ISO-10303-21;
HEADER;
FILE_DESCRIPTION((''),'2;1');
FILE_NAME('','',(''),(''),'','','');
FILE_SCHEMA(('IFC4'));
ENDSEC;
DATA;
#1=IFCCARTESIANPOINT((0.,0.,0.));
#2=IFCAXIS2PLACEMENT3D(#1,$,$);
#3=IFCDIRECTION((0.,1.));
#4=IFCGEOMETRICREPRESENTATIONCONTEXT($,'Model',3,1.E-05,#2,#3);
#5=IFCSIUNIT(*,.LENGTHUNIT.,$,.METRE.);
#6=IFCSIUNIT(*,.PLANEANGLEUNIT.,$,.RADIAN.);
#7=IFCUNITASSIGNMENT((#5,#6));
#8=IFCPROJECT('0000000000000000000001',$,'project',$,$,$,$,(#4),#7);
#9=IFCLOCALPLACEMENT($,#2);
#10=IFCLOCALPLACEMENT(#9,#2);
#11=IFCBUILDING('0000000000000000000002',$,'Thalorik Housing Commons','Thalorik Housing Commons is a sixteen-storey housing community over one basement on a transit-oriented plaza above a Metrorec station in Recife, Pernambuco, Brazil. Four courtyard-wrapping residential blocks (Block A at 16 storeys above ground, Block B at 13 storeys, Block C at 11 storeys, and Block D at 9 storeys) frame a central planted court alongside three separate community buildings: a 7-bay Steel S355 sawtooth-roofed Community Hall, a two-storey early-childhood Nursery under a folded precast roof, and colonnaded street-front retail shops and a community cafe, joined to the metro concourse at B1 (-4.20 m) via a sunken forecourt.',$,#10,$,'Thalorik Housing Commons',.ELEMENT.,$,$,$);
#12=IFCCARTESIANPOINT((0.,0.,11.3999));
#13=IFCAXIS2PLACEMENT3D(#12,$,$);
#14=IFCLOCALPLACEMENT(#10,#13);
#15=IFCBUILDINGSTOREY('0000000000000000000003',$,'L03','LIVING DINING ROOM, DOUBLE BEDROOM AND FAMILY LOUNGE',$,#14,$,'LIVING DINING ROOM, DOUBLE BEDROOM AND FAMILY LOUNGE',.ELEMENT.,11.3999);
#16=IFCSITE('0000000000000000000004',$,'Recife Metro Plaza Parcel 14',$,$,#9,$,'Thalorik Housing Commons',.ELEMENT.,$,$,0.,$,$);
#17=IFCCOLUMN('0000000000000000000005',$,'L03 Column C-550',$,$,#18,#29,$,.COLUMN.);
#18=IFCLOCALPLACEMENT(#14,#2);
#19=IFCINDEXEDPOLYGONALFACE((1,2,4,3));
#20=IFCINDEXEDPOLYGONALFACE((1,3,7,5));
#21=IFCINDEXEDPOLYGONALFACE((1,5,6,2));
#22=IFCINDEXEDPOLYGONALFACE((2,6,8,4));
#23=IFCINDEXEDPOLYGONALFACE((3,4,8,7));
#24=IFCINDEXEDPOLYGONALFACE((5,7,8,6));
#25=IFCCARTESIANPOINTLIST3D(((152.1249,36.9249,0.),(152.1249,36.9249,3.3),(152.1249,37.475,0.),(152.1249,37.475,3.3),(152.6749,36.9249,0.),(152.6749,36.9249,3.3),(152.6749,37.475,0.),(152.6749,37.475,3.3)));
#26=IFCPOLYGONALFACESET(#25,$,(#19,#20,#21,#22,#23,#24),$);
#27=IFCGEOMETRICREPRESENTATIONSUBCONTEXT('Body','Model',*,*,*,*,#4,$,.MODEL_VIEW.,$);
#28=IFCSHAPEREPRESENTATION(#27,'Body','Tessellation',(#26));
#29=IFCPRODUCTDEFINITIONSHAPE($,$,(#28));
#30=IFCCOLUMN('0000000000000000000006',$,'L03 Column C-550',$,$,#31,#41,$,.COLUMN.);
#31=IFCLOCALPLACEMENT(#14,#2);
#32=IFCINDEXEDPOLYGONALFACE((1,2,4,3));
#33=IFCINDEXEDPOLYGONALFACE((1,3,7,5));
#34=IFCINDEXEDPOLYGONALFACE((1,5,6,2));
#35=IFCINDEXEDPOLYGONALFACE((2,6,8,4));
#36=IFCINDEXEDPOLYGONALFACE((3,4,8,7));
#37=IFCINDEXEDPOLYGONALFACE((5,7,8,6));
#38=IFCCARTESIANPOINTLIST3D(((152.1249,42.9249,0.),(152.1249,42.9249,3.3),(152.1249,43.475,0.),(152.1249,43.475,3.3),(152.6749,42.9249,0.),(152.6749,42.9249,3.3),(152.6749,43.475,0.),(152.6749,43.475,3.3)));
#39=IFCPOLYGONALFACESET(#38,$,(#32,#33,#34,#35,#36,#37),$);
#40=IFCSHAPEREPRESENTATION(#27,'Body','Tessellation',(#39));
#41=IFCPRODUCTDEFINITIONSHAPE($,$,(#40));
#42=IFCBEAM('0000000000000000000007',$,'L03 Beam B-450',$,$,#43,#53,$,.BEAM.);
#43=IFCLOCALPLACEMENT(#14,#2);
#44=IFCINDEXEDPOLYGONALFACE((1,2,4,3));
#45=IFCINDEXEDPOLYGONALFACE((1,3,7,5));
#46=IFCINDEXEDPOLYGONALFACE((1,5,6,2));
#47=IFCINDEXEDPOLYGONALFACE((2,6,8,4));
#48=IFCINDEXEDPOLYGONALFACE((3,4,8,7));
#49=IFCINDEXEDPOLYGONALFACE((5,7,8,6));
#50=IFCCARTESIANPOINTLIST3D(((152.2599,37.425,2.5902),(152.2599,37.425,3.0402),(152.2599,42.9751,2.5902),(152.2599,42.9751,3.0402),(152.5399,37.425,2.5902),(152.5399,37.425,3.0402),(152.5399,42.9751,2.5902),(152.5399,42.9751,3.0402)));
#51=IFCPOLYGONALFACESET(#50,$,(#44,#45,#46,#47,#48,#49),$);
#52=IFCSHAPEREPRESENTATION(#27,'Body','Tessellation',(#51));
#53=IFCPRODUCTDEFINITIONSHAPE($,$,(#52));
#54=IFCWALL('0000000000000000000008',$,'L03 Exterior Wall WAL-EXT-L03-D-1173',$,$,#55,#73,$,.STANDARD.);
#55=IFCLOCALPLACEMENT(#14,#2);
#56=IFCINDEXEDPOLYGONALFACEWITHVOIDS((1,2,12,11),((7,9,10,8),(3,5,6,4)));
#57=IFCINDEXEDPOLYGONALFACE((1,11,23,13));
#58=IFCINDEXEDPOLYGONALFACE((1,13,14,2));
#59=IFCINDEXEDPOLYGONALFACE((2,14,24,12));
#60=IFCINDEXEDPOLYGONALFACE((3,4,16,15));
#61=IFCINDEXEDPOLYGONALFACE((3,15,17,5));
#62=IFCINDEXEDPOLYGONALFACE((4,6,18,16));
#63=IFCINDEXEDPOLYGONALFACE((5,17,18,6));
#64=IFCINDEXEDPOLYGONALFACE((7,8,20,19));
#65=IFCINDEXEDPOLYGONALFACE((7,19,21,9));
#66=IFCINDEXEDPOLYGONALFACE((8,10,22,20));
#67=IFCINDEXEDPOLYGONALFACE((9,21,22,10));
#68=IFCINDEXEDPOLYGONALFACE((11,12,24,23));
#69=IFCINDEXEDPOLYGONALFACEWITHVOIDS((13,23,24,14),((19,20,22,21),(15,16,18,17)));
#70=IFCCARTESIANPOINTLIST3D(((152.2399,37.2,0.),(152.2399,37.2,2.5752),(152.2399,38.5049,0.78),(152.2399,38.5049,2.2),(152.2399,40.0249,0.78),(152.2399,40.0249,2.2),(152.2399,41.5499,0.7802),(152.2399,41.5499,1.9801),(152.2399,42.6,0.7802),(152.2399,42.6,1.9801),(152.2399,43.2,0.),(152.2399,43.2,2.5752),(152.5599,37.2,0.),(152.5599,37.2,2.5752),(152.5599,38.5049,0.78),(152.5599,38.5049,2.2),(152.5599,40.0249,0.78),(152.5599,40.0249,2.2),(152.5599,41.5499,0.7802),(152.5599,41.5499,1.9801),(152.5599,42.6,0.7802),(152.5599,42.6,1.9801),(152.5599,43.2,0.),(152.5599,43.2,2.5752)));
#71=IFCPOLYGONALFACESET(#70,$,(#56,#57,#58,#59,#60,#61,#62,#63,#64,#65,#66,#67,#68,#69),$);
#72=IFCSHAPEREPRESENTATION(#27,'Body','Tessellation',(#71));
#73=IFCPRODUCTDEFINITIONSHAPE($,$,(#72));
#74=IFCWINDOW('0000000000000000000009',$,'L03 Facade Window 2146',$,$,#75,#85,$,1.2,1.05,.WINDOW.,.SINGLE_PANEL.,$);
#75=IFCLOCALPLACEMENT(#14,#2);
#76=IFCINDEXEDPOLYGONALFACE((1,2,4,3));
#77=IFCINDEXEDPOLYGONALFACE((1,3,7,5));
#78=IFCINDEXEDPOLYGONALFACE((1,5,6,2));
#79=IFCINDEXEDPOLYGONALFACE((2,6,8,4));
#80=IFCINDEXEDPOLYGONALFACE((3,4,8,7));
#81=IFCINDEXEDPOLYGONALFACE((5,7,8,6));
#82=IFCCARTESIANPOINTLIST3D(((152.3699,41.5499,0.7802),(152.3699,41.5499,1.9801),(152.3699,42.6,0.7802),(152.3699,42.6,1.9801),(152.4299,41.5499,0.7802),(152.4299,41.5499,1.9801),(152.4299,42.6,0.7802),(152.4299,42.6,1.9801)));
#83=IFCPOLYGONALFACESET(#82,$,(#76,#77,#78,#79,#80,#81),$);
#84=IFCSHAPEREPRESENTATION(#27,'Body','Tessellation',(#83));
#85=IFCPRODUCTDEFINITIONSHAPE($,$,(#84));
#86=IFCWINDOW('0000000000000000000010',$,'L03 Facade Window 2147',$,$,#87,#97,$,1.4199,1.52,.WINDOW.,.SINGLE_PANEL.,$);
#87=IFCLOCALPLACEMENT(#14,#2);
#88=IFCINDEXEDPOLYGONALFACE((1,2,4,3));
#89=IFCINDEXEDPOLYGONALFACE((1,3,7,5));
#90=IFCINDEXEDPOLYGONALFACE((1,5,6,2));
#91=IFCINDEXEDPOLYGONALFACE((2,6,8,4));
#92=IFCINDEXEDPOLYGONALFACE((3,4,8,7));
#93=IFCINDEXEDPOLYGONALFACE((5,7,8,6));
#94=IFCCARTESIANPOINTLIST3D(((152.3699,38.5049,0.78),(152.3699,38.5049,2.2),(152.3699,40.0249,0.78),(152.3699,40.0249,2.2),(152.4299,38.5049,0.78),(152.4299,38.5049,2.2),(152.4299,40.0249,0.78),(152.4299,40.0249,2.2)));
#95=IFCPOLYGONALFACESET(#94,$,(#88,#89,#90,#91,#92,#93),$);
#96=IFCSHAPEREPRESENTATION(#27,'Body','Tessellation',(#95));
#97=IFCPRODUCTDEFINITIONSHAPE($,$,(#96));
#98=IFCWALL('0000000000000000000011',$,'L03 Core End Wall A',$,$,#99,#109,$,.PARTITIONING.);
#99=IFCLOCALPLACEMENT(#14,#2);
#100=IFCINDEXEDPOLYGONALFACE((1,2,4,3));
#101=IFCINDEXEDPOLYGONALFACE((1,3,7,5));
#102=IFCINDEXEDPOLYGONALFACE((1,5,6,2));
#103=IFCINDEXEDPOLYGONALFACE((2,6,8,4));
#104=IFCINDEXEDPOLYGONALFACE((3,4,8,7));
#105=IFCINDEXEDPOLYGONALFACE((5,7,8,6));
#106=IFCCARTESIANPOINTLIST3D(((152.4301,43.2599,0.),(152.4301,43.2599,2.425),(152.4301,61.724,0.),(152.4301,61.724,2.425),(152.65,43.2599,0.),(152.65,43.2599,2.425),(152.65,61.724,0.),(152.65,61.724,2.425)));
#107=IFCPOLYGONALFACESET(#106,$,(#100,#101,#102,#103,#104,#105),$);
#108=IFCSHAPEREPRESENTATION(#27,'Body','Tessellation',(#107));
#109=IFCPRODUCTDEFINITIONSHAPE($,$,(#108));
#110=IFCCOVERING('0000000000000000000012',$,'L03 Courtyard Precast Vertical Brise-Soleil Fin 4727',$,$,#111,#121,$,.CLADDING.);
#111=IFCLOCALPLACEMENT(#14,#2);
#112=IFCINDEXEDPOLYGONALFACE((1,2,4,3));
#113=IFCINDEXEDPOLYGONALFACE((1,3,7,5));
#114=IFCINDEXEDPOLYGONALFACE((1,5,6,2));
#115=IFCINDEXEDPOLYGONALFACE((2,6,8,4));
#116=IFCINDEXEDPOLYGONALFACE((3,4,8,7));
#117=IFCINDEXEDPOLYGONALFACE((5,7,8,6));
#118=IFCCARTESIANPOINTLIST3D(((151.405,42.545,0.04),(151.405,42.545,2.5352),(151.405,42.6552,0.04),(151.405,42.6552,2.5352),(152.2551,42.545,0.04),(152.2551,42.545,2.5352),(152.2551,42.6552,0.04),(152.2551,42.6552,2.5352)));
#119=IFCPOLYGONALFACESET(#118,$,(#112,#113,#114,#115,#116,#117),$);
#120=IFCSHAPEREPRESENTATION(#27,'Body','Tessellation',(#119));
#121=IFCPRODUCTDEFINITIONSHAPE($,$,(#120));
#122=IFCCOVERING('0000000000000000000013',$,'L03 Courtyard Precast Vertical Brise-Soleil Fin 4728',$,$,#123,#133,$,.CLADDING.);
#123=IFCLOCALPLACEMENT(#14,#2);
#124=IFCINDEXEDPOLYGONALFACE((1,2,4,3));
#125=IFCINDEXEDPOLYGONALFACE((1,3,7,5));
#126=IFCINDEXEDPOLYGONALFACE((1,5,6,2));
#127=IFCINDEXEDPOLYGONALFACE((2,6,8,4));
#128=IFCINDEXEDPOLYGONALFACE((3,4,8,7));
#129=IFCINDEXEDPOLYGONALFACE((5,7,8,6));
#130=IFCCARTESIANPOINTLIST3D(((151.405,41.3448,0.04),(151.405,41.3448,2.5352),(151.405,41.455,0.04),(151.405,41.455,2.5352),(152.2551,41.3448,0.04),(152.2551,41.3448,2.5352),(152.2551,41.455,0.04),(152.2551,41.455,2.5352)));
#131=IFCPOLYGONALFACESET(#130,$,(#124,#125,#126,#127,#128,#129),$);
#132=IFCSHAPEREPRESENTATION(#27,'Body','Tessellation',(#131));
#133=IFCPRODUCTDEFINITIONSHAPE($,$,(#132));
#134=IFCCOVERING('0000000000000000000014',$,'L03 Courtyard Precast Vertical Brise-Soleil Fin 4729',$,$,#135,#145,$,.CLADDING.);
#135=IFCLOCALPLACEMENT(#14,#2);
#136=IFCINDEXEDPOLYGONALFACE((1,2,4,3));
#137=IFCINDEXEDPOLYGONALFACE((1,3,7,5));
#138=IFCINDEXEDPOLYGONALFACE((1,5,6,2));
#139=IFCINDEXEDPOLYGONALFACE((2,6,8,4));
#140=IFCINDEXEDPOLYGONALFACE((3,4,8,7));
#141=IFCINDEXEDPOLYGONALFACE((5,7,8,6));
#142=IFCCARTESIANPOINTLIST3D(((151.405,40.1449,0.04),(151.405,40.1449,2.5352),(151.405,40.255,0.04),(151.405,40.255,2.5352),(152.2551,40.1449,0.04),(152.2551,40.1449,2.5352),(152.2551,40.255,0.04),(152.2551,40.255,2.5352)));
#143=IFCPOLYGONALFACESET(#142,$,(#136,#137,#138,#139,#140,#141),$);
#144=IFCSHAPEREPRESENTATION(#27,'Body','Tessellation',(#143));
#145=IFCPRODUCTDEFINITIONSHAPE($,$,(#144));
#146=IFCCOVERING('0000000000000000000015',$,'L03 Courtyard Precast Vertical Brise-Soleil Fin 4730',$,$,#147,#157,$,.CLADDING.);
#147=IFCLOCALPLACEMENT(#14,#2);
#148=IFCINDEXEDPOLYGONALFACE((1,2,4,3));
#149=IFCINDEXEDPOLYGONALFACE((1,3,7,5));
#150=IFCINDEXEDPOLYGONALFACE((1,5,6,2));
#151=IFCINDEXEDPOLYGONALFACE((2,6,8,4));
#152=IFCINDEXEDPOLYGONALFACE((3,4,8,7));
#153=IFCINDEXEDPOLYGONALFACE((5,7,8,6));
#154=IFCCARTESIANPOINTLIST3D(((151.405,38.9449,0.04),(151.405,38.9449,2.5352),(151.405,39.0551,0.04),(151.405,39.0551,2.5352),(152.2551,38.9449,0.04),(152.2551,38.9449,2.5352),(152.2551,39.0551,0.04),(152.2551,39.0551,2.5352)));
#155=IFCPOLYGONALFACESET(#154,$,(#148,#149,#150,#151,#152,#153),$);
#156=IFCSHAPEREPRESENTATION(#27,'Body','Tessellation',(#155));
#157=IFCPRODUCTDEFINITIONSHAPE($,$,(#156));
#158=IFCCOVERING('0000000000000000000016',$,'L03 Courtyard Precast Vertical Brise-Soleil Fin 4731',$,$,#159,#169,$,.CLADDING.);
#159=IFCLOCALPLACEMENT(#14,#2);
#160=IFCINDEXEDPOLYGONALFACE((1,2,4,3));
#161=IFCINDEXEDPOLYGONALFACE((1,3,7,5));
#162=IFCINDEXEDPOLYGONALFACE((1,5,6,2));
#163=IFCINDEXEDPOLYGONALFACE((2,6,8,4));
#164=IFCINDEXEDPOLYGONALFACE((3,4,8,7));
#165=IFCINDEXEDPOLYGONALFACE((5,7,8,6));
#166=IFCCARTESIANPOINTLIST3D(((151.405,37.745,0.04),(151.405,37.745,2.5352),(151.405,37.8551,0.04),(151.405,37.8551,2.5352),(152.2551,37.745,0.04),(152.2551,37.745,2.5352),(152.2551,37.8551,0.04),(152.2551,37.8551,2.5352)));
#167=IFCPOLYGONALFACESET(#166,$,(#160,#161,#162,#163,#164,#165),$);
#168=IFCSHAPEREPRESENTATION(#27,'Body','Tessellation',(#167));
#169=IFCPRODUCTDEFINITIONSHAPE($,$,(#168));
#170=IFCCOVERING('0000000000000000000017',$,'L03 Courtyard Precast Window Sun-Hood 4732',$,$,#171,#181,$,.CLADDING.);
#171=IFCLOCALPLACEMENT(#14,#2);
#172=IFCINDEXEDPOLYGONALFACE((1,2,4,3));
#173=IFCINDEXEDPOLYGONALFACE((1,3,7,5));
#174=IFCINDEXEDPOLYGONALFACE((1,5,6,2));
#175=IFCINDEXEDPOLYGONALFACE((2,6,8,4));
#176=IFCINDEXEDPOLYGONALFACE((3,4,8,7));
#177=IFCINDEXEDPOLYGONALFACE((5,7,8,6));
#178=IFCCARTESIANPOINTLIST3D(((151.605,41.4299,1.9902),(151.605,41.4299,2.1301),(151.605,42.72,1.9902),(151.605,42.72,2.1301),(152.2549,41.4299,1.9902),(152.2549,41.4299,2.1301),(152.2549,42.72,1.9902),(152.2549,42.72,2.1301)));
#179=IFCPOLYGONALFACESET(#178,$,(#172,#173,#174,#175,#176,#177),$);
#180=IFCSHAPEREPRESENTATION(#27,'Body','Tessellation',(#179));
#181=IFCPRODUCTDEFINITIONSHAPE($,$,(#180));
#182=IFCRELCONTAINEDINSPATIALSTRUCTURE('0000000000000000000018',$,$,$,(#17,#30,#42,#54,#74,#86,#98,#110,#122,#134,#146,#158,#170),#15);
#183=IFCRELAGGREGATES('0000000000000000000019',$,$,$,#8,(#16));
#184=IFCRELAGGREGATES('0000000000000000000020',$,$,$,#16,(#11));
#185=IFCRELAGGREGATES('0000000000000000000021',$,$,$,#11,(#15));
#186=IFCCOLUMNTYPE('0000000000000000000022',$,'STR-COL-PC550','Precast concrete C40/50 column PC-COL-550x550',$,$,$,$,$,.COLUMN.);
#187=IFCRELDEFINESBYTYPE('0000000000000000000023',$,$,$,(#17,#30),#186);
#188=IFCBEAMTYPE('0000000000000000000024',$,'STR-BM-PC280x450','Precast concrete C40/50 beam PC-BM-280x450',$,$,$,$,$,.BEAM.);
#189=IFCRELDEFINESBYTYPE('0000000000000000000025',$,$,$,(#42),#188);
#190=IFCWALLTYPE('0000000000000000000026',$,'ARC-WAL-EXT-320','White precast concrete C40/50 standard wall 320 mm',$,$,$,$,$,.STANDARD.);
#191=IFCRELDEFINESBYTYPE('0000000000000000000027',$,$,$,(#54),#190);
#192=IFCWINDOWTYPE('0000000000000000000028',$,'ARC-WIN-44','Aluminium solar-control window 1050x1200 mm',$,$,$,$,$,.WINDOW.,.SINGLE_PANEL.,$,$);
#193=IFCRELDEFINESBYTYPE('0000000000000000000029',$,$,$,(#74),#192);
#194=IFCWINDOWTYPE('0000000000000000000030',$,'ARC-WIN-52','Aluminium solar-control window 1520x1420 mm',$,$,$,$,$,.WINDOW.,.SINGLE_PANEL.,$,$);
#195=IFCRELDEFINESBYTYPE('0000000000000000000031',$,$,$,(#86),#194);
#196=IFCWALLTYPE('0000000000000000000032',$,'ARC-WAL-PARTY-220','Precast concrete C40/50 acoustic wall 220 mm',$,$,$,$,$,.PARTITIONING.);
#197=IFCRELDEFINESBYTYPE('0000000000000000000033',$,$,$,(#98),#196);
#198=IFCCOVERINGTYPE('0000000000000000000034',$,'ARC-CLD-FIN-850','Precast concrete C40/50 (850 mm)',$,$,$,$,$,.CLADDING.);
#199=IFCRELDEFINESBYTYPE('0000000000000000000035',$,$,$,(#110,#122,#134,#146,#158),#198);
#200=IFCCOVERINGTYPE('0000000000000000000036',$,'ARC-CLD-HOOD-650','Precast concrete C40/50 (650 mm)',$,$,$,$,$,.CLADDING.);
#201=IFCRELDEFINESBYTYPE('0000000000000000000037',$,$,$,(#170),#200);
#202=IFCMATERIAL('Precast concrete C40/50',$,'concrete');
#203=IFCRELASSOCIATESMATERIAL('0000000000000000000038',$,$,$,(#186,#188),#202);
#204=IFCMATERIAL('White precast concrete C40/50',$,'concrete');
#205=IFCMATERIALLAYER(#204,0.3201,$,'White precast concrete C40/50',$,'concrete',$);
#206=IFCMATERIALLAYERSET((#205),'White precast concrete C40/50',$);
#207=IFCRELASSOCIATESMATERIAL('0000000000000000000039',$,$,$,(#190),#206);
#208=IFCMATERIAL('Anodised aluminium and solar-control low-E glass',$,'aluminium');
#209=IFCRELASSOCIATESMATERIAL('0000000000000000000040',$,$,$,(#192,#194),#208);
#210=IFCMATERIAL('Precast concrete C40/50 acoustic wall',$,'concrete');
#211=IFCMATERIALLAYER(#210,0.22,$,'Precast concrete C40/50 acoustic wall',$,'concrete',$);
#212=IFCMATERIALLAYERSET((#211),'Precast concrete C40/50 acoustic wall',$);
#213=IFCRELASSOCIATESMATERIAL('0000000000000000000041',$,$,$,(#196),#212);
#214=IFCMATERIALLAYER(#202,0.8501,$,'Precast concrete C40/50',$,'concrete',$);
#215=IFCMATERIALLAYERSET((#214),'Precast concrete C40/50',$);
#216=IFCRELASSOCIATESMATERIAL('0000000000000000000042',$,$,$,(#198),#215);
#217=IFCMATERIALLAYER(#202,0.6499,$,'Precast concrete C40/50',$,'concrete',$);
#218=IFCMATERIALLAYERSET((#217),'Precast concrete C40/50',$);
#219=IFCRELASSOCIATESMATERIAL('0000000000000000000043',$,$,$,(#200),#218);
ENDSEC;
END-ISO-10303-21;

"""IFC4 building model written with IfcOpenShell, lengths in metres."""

from ifc_helpers import new_model, si_unit, direction, frame, frame_2d, origin, origin_2d, place, context, subcontext, project, spatial, rectangle, extrude, material, layer, layer_set, material_profile, profile_set, type_object, element, fill, save


model = new_model("IFC4")

# Units and contexts
model_context = context("Model", 3, precision=1e-05, world=origin(), true_north=direction((0.0, 1.0)))
body_context = subcontext(model_context, "Body", "Model", "MODEL_VIEW")
ifc_project = project(units=[si_unit("LENGTHUNIT", "METRE"), si_unit("PLANEANGLEUNIT", "RADIAN")], contexts=[model_context])

# Site, building, storey
site_placement = place(None, origin())
site = spatial("IfcSite", under=ifc_project, at=site_placement, Name="Recife Metro Plaza Parcel 14", LongName="Thalorik Housing Commons", CompositionType="ELEMENT", RefElevation=0.0)
building_placement = place(site_placement, origin())
building = spatial("IfcBuilding", under=site, at=building_placement, Name="Thalorik Housing Commons", Description="Thalorik Housing Commons is a sixteen-storey housing community over one basement on a transit-oriented plaza above a Metrorec station in Recife, Pernambuco, Brazil. Four courtyard-wrapping residential blocks (Block A at 16 storeys above ground, Block B at 13 storeys, Block C at 11 storeys, and Block D at 9 storeys) frame a central planted court alongside three separate community buildings: a 7-bay Steel S355 sawtooth-roofed Community Hall, a two-storey early-childhood Nursery under a folded precast roof, and colonnaded street-front retail shops and a community cafe, joined to the metro concourse at B1 (-4.20 m) via a sunken forecourt.", LongName="Thalorik Housing Commons", CompositionType="ELEMENT")
storey_placement = place(building_placement, frame((0.0, 0.0, 11.3999)))
storey = spatial("IfcBuildingStorey", under=building, at=storey_placement, Name="L03", Description="LIVING DINING ROOM, DOUBLE BEDROOM AND FAMILY LOUNGE", LongName="LIVING DINING ROOM, DOUBLE BEDROOM AND FAMILY LOUNGE", CompositionType="ELEMENT", Elevation=11.3999)

# Columns
ifc_material_1 = material(Name="Precast concrete C40/50", Category="concrete")
ifc_material_profile_1 = material_profile(ifc_material_1, rectangle(XDim=0.55, YDim=0.55, at=origin_2d()), Name="PC 550x550", Category="concrete")
ifc_profile_set_1 = profile_set([ifc_material_profile_1], Name="Precast concrete C40/50")
column_type = type_object("IfcColumnType", Name="STR-COL-PC550", Description="Precast concrete C40/50 column PC-COL-550x550", PredefinedType="COLUMN", material=ifc_profile_set_1)
for number, where, z_axis, x_axis, name in (
    (1, (152.3999, 37.2, 0.0), (0.0, 0.0, 1.0), (1.0, 0.0, 0.0), "L03 Column C-550"),
    (2, (152.3999, 43.2, 0.0), (0.0, 0.0, 1.0), (1.0, 0.0, 0.0), "L03 Column C-550"),
):
    element("IfcColumn", number, at=place(storey_placement, frame(where, z_axis=z_axis, x_axis=x_axis)), inside=storey, type_object=column_type, Name=name, PredefinedType="COLUMN", context=body_context, shape_type="SweptSolid", body=[
        extrude(rectangle(XDim=0.55, YDim=0.55, at=origin_2d()), origin(), (0.0, 0.0, 1.0), 3.3),
    ])

# Beam
ifc_material_profile_2 = material_profile(ifc_material_1, rectangle(XDim=0.28, YDim=0.45, at=origin_2d()), Name="PC 280x450", Category="concrete")
ifc_profile_set_2 = profile_set([ifc_material_profile_2], Name="Precast concrete C40/50")
beam_type = type_object("IfcBeamType", Name="STR-BM-PC280x450", Description="Precast concrete C40/50 beam PC-BM-280x450", PredefinedType="BEAM", material=ifc_profile_set_2)
beam_placement = place(storey_placement, frame((152.3999, 37.425, 2.8152), z_axis=(0.0, 1.0, 0.0), x_axis=(-1.0, 0.0, 0.0)))
element("IfcBeam", 3, at=beam_placement, inside=storey, type_object=beam_type, Name="L03 Beam B-450", PredefinedType="BEAM", context=body_context, shape_type="SweptSolid", body=[
    extrude(rectangle(XDim=0.28, YDim=0.45, at=origin_2d()), origin(), (0.0, 0.0, 1.0), 5.55),
])

# Wall, openings, windows
ifc_material_2 = material(Name="White precast concrete C40/50", Category="concrete")
ifc_layer_1 = layer(ifc_material_2, 0.3201, Name="White precast concrete C40/50", Category="concrete")
ifc_layer_set_1 = layer_set([ifc_layer_1], Name="White precast concrete C40/50")
wall_type_1 = type_object("IfcWallType", Name="ARC-WAL-EXT-320", Description="White precast concrete C40/50 standard wall 320 mm", PredefinedType="STANDARD", material=ifc_layer_set_1)
wall_1_placement = place(storey_placement, frame((152.3999, 43.2, 0.0), z_axis=(0.0, 0.0, 1.0), x_axis=(0.0, -1.0, 0.0)))
wall_1 = element("IfcWall", 4, at=wall_1_placement, inside=storey, type_object=wall_type_1, Name="L03 Exterior Wall WAL-EXT-L03-D-1173", PredefinedType="STANDARD", context=body_context, shape_type="SweptSolid", body=[
    extrude(rectangle(XDim=6.0, YDim=0.3201, at=frame_2d((3.0, 0.0))), origin(), (0.0, 0.0, 1.0), 2.5752),
])
opening_1_placement = place(wall_1_placement, frame((0.6001, 0.0, 0.78)))
opening_1 = element("IfcOpeningElement", 5, at=opening_1_placement, cuts=wall_1, PredefinedType="OPENING", context=body_context, shape_type="SweptSolid", body=[
    extrude(rectangle(XDim=1.05, YDim=1.2, at=frame_2d((0.5249, 0.6001))), frame((0.0, 0.1699, 0.0), z_axis=(0.0, -1.0, 0.0), x_axis=(1.0, 0.0, 0.0)), (0.0, 0.0, 1.0), 0.3401),
])
opening_2_placement = place(wall_1_placement, frame((3.175, 0.0, 0.78)))
opening_2 = element("IfcOpeningElement", 6, at=opening_2_placement, cuts=wall_1, PredefinedType="OPENING", context=body_context, shape_type="SweptSolid", body=[
    extrude(rectangle(XDim=1.52, YDim=1.4199, at=frame_2d((0.76, 0.71))), frame((0.0, 0.1699, 0.0), z_axis=(0.0, -1.0, 0.0), x_axis=(1.0, 0.0, 0.0)), (0.0, 0.0, 1.0), 0.3401),
])
ifc_material_3 = material(Name="Anodised aluminium and solar-control low-E glass", Category="aluminium")
window_type_1 = type_object("IfcWindowType", Name="ARC-WIN-44", Description="Aluminium solar-control window 1050x1200 mm", PartitioningType="SINGLE_PANEL", PredefinedType="WINDOW", material=ifc_material_3)
window_1_placement = place(opening_1_placement, origin())
window_1 = element("IfcWindow", 7, at=window_1_placement, inside=storey, type_object=window_type_1, Name="L03 Facade Window 2146", OverallHeight=1.2, OverallWidth=1.05, PartitioningType="SINGLE_PANEL", PredefinedType="WINDOW", context=body_context, shape_type="SweptSolid", body=[
    extrude(rectangle(XDim=1.05, YDim=1.2, at=frame_2d((0.5249, 0.6001))), frame((0.0, 0.03, 0.0), z_axis=(0.0, -1.0, 0.0), x_axis=(1.0, 0.0, 0.0)), (0.0, 0.0, 1.0), 0.0601),
])
fill(opening_1, window_1)
window_type_2 = type_object("IfcWindowType", Name="ARC-WIN-52", Description="Aluminium solar-control window 1520x1420 mm", PartitioningType="SINGLE_PANEL", PredefinedType="WINDOW", material=ifc_material_3)
window_2_placement = place(opening_2_placement, origin())
window_2 = element("IfcWindow", 8, at=window_2_placement, inside=storey, type_object=window_type_2, Name="L03 Facade Window 2147", OverallHeight=1.4199, OverallWidth=1.52, PartitioningType="SINGLE_PANEL", PredefinedType="WINDOW", context=body_context, shape_type="SweptSolid", body=[
    extrude(rectangle(XDim=1.52, YDim=1.4199, at=frame_2d((0.76, 0.71))), frame((0.0, 0.03, 0.0), z_axis=(0.0, -1.0, 0.0), x_axis=(1.0, 0.0, 0.0)), (0.0, 0.0, 1.0), 0.0601),
])
fill(opening_2, window_2)

# Wall
ifc_material_4 = material(Name="Precast concrete C40/50 acoustic wall", Category="concrete")
ifc_layer_2 = layer(ifc_material_4, 0.22, Name="Precast concrete C40/50 acoustic wall", Category="concrete")
ifc_layer_set_2 = layer_set([ifc_layer_2], Name="Precast concrete C40/50 acoustic wall")
wall_type_2 = type_object("IfcWallType", Name="ARC-WAL-PARTY-220", Description="Precast concrete C40/50 acoustic wall 220 mm", PredefinedType="PARTITIONING", material=ifc_layer_set_2)
wall_2_placement = place(storey_placement, frame((152.54, 43.26, 0.0), z_axis=(0.0, 0.0, 1.0), x_axis=(0.0, 1.0, 0.0)))
element("IfcWall", 9, at=wall_2_placement, inside=storey, type_object=wall_type_2, Name="L03 Core End Wall A", PredefinedType="PARTITIONING", context=body_context, shape_type="SweptSolid", body=[
    extrude(rectangle(XDim=18.4641, YDim=0.22, at=frame_2d((9.2319, 0.0))), origin(), (0.0, 0.0, 1.0), 2.425),
])

# Coverings
ifc_layer_3 = layer(ifc_material_1, 0.8501, Name="Precast concrete C40/50", Category="concrete")
ifc_layer_set_3 = layer_set([ifc_layer_3], Name="Precast concrete C40/50")
covering_type_1 = type_object("IfcCoveringType", Name="ARC-CLD-FIN-850", Description="Precast concrete C40/50 (850 mm)", PredefinedType="CLADDING", material=ifc_layer_set_3)
for number, where, z_axis, x_axis, name in (
    (10, (151.8301, 42.6001, 0.04), (0.0, 0.0, 1.0), (0.0, -1.0, 0.0), "L03 Courtyard Precast Vertical Brise-Soleil Fin 4727"),
    (11, (151.8301, 41.3999, 0.04), (0.0, 0.0, 1.0), (0.0, -1.0, 0.0), "L03 Courtyard Precast Vertical Brise-Soleil Fin 4728"),
    (12, (151.8301, 40.2, 0.04), (0.0, 0.0, 1.0), (0.0, -1.0, 0.0), "L03 Courtyard Precast Vertical Brise-Soleil Fin 4729"),
    (13, (151.8301, 39.0, 0.04), (0.0, 0.0, 1.0), (0.0, -1.0, 0.0), "L03 Courtyard Precast Vertical Brise-Soleil Fin 4730"),
    (14, (151.8301, 37.8, 0.04), (0.0, 0.0, 1.0), (0.0, -1.0, 0.0), "L03 Courtyard Precast Vertical Brise-Soleil Fin 4731"),
):
    element("IfcCovering", number, at=place(storey_placement, frame(where, z_axis=z_axis, x_axis=x_axis)), inside=storey, type_object=covering_type_1, Name=name, PredefinedType="CLADDING", context=body_context, shape_type="SweptSolid", body=[
        extrude(rectangle(XDim=0.1101, YDim=0.8501, at=origin_2d()), origin(), (0.0, 0.0, 1.0), 2.4951),
    ])
ifc_layer_4 = layer(ifc_material_1, 0.6499, Name="Precast concrete C40/50", Category="concrete")
ifc_layer_set_4 = layer_set([ifc_layer_4], Name="Precast concrete C40/50")
covering_type_2 = type_object("IfcCoveringType", Name="ARC-CLD-HOOD-650", Description="Precast concrete C40/50 (650 mm)", PredefinedType="CLADDING", material=ifc_layer_set_4)
covering_1_placement = place(storey_placement, frame((151.9299, 42.075, 1.9902), z_axis=(0.0, 0.0, 1.0), x_axis=(0.0, -1.0, 0.0)))
element("IfcCovering", 15, at=covering_1_placement, inside=storey, type_object=covering_type_2, Name="L03 Courtyard Precast Window Sun-Hood 4732", PredefinedType="CLADDING", context=body_context, shape_type="SweptSolid", body=[
    extrude(rectangle(XDim=1.29, YDim=0.6499, at=origin_2d()), origin(), (0.0, 0.0, 1.0), 0.1399),
])

save(model, "model.ifc")
